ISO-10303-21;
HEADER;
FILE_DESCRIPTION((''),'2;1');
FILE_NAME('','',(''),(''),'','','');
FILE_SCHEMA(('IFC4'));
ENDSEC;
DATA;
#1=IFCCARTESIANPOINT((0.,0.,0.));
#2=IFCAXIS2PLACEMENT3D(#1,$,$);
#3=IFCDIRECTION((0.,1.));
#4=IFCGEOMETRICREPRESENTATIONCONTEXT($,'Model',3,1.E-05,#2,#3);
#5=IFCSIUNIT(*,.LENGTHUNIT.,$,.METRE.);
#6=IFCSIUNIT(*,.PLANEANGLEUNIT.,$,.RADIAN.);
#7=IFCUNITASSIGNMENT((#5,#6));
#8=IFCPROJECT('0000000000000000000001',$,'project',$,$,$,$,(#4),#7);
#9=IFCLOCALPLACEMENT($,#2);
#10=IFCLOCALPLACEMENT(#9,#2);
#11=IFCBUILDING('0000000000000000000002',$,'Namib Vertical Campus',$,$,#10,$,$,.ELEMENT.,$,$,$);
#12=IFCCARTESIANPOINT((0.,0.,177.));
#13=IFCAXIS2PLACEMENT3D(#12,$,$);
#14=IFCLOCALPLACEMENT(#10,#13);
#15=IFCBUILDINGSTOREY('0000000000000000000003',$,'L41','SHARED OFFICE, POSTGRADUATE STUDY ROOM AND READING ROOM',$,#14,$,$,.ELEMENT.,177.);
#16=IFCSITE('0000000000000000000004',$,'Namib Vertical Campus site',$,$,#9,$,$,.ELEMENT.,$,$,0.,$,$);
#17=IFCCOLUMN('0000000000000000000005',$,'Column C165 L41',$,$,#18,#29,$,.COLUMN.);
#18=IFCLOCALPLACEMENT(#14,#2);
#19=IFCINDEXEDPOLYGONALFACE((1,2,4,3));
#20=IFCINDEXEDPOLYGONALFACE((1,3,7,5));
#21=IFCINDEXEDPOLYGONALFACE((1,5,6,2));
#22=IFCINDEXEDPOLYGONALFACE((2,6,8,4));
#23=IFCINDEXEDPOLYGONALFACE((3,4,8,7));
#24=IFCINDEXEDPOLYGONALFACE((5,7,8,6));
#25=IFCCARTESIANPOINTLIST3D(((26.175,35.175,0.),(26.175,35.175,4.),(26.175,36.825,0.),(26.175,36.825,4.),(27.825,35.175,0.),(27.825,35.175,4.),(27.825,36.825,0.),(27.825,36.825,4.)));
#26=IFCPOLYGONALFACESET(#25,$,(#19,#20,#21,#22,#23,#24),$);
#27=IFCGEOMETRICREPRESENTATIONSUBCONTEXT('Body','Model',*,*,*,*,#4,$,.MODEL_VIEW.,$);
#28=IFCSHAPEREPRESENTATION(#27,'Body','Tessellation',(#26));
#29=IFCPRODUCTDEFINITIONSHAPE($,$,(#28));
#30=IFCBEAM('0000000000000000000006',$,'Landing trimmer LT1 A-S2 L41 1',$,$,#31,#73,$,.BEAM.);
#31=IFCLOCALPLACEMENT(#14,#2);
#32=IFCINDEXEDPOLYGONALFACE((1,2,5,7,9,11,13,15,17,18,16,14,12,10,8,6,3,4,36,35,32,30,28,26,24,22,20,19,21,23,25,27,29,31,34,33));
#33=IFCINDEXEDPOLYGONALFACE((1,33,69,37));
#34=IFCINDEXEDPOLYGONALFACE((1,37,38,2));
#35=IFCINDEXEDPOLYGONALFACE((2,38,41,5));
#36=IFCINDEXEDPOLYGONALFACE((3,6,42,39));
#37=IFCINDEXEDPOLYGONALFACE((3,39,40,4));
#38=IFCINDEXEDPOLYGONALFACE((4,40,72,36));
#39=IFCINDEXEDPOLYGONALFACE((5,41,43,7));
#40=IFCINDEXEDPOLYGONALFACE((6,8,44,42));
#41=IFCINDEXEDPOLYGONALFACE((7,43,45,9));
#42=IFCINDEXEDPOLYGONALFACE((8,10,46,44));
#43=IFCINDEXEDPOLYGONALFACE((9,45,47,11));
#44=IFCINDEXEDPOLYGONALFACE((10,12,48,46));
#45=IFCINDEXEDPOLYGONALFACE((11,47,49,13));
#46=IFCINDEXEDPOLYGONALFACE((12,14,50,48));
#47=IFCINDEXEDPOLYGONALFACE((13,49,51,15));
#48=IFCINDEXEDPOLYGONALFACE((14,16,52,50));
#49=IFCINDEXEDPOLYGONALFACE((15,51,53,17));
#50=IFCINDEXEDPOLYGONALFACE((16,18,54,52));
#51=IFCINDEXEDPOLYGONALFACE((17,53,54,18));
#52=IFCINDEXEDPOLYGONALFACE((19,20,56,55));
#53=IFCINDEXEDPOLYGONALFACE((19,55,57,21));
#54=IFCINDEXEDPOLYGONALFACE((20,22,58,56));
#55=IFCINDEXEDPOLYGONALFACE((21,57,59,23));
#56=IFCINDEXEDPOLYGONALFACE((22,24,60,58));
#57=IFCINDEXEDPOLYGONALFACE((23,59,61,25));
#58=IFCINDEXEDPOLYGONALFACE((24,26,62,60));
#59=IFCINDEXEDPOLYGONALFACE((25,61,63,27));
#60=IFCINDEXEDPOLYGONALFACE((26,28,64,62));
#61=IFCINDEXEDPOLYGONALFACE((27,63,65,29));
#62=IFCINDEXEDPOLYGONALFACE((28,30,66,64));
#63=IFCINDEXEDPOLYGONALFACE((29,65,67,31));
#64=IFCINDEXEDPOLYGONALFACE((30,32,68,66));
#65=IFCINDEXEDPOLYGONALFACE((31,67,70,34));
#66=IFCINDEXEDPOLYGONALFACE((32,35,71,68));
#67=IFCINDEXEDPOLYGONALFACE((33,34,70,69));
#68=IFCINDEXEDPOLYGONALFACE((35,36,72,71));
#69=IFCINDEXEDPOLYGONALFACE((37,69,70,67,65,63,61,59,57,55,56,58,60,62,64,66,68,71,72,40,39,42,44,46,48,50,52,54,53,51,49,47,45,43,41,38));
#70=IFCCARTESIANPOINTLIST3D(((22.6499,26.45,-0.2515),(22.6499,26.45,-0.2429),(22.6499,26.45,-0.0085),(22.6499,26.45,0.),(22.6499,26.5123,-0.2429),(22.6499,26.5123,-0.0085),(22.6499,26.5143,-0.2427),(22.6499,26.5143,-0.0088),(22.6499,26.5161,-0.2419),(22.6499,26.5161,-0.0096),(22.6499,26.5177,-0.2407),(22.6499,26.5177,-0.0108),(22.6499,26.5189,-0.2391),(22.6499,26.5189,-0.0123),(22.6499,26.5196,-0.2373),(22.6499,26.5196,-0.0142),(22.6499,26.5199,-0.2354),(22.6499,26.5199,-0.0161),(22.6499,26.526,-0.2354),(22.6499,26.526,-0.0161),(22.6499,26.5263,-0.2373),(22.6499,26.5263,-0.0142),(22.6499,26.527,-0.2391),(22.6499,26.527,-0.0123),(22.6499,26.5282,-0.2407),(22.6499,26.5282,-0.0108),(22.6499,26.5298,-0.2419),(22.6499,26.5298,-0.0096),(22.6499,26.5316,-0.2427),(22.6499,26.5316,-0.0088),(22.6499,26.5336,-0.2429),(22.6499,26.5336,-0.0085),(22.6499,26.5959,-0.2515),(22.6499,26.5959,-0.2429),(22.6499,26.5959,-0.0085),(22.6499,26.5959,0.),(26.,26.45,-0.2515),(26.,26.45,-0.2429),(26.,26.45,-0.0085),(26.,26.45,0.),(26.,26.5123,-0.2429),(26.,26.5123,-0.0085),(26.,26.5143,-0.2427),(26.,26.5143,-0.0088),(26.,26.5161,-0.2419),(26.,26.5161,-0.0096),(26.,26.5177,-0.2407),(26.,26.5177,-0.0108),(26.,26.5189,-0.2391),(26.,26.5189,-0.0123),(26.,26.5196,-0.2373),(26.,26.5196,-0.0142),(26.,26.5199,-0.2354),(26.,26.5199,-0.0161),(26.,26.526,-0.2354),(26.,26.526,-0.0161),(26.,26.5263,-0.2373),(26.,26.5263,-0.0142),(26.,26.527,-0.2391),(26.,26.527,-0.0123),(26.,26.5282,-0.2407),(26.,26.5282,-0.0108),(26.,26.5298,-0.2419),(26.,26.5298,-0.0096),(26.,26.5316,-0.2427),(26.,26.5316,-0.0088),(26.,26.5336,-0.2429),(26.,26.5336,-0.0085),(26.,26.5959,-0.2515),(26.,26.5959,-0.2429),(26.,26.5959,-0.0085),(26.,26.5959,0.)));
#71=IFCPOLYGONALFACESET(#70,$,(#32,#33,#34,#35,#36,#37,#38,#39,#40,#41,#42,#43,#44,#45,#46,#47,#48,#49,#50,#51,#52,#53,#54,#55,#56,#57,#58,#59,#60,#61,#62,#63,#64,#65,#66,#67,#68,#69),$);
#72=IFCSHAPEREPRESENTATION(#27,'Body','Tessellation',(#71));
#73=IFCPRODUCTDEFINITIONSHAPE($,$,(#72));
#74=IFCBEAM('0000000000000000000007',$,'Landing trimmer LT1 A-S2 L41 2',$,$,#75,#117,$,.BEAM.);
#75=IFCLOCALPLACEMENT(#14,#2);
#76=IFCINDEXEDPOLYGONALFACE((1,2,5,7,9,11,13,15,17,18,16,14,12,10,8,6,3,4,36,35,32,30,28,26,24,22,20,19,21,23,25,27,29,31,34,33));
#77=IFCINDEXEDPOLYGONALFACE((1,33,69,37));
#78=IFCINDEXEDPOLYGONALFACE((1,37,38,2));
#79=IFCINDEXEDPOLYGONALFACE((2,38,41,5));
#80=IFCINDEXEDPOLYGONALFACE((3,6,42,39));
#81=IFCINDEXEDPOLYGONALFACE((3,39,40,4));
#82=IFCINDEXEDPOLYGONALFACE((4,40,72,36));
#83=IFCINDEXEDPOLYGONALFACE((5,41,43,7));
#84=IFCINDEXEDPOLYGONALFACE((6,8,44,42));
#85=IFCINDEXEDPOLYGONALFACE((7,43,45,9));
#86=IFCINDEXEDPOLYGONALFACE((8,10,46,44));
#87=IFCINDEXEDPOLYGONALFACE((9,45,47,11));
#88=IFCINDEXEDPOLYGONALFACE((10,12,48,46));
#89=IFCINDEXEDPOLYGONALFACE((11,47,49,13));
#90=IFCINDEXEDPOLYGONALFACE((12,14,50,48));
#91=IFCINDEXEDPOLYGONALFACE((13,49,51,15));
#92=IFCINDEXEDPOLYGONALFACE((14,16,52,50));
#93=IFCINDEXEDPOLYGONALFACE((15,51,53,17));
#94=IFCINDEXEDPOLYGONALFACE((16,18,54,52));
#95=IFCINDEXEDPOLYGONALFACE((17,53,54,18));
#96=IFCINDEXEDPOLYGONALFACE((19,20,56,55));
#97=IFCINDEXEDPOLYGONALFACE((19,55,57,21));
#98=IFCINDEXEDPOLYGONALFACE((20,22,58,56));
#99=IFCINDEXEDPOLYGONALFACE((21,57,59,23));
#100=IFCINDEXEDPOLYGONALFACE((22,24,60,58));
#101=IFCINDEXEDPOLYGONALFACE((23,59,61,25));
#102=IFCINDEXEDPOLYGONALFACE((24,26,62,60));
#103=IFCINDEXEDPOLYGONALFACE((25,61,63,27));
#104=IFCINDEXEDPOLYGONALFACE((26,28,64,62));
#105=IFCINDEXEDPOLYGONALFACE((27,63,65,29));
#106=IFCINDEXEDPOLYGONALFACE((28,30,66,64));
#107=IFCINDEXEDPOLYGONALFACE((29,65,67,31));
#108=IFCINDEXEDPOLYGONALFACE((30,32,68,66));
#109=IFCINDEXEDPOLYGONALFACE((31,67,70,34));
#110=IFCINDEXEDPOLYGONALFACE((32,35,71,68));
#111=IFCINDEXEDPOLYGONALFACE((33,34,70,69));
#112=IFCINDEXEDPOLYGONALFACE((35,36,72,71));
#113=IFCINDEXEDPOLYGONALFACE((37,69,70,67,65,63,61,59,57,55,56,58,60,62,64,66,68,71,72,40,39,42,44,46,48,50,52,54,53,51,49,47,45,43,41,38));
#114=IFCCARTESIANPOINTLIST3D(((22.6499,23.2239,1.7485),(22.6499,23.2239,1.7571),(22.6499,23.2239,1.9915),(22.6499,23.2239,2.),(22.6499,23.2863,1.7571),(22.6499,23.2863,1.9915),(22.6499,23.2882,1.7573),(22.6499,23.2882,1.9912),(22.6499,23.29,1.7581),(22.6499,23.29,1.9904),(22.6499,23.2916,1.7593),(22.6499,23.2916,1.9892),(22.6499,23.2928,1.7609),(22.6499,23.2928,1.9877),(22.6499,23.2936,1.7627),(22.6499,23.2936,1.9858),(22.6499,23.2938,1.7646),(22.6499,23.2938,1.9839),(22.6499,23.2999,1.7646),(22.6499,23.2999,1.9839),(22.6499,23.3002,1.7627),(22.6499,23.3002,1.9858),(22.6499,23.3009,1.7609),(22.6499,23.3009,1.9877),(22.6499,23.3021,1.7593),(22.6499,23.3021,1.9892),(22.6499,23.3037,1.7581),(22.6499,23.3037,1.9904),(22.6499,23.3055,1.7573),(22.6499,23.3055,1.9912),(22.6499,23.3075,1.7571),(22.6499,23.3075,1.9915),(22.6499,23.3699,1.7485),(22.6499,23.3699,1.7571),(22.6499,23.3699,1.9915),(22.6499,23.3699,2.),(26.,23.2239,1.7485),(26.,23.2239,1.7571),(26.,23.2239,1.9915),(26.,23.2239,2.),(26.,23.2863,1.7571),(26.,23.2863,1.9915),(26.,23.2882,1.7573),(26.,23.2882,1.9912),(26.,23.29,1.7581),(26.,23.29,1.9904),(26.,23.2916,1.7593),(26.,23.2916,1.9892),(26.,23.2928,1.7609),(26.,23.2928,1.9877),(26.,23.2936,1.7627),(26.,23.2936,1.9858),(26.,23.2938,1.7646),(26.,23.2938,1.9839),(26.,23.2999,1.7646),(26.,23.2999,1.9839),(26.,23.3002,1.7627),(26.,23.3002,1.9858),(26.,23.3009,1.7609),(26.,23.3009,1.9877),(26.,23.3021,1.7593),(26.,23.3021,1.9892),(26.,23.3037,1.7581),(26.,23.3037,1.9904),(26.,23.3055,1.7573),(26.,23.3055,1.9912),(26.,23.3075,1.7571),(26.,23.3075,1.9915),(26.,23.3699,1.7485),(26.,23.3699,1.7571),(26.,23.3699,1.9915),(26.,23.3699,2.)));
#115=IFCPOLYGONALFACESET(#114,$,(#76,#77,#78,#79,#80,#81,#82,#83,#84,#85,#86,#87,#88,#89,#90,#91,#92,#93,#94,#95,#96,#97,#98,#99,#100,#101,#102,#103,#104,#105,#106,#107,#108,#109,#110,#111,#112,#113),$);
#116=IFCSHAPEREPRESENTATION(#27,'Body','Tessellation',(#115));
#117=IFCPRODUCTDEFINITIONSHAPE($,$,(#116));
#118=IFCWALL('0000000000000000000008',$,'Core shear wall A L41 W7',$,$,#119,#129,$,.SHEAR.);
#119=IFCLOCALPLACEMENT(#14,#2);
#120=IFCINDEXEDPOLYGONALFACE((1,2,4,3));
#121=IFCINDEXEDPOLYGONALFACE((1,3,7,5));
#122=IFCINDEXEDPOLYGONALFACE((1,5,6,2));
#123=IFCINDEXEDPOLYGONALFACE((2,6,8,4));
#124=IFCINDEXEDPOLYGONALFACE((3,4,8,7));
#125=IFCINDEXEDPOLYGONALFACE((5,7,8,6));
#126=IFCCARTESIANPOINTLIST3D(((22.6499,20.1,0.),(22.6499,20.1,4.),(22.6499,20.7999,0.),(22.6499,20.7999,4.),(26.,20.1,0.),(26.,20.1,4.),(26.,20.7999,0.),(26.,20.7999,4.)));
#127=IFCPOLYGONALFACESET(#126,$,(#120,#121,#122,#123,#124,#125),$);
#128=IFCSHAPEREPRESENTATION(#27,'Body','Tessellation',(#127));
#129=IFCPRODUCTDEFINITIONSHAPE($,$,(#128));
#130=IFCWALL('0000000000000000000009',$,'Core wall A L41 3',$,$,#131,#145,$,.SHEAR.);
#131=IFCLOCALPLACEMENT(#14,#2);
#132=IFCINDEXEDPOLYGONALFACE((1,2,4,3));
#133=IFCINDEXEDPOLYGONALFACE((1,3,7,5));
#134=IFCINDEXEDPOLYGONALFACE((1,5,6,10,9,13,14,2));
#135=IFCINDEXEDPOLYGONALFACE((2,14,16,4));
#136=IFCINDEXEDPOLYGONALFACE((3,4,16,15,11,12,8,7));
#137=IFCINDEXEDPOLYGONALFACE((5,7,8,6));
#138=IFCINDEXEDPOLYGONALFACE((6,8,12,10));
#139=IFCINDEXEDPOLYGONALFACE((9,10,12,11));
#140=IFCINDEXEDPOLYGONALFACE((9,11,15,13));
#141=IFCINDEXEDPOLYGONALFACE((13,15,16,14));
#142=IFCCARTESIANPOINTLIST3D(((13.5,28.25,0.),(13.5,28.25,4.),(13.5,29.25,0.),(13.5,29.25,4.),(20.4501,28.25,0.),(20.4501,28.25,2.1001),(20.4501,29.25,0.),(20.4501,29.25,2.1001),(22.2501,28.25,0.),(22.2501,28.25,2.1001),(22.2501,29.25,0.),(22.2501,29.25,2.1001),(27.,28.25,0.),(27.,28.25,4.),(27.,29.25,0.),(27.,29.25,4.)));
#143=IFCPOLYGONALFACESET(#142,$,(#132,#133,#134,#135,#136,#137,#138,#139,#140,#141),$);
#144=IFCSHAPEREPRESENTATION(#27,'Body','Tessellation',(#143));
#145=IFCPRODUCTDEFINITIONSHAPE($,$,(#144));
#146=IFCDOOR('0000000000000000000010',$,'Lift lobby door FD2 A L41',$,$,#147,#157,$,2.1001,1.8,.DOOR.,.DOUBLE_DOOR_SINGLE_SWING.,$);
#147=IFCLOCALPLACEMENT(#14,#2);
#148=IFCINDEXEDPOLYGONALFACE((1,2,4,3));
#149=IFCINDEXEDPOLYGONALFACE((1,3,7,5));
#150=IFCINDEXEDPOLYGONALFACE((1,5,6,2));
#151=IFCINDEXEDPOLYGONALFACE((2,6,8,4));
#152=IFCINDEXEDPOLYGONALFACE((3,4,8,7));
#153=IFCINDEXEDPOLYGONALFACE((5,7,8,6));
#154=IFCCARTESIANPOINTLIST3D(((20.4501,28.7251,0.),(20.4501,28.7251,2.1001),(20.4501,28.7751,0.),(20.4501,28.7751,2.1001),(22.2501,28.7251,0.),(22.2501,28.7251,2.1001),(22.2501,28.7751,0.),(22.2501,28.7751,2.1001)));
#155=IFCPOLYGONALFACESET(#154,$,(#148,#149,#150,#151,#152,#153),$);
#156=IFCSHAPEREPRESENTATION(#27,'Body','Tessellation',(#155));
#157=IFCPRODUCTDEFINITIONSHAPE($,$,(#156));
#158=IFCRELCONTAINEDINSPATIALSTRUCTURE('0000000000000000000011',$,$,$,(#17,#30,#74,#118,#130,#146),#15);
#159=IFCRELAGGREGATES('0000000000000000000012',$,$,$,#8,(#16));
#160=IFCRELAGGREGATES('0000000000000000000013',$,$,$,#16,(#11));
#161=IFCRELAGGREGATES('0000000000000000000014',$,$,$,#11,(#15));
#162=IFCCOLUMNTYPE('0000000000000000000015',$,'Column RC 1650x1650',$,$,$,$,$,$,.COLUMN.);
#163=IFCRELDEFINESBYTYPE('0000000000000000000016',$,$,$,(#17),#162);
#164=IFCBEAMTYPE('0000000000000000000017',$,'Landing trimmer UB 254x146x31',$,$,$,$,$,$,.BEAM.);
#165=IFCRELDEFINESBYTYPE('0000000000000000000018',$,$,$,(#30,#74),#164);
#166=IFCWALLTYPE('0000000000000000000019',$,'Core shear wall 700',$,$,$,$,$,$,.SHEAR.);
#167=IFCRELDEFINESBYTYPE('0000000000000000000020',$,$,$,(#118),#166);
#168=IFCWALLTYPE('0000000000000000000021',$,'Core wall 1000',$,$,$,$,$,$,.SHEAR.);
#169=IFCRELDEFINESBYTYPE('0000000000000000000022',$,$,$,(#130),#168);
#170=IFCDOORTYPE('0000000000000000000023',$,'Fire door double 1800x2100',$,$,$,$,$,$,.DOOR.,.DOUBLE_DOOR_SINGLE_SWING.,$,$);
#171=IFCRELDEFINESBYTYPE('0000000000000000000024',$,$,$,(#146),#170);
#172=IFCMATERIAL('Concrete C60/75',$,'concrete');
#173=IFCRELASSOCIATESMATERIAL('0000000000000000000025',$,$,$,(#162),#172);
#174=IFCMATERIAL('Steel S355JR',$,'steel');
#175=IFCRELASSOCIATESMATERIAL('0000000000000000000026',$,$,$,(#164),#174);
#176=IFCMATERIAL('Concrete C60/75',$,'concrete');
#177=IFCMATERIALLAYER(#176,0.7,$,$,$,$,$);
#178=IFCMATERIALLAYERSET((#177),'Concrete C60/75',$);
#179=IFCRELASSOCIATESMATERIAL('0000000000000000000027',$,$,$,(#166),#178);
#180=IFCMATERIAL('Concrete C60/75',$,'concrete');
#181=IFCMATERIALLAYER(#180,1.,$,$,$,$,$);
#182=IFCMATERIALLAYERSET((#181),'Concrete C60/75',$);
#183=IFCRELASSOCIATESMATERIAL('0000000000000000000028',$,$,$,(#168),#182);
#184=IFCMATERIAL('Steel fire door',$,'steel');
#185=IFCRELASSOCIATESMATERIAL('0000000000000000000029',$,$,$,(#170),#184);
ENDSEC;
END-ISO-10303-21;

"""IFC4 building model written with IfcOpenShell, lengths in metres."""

from ifc_helpers import new_model, si_unit, direction, frame, frame_2d, origin, origin_2d, place, context, subcontext, project, spatial, rectangle, i_section, extrude, material, layer, layer_set, material_profile, profile_set, type_object, element, fill, save


model = new_model("IFC4")

# Units and contexts
model_context = context("Model", 3, precision=1e-05, world=origin(), true_north=direction((0.0, 1.0)))
body_context = subcontext(model_context, "Body", "Model", "MODEL_VIEW")
ifc_project = project(units=[si_unit("LENGTHUNIT", "METRE"), si_unit("PLANEANGLEUNIT", "RADIAN")], contexts=[model_context])

# Site, building, storey
site_placement = place(None, origin())
site = spatial("IfcSite", under=ifc_project, at=site_placement, Name="Namib Vertical Campus site", CompositionType="ELEMENT", RefElevation=0.0)
building_placement = place(site_placement, origin())
building = spatial("IfcBuilding", under=site, at=building_placement, Name="Namib Vertical Campus", CompositionType="ELEMENT")
storey_placement = place(building_placement, frame((0.0, 0.0, 177.0)))
storey = spatial("IfcBuildingStorey", under=building, at=storey_placement, Name="L41", Description="SHARED OFFICE, POSTGRADUATE STUDY ROOM AND READING ROOM", CompositionType="ELEMENT", Elevation=177.0)

# Column
ifc_material_1 = material(Name="Concrete C60/75", Category="concrete")
ifc_material_profile_1 = material_profile(ifc_material_1, rectangle(XDim=1.6499, YDim=1.6499, at=origin_2d()))
ifc_profile_set_1 = profile_set([ifc_material_profile_1], Name="Concrete C60/75")
column_type = type_object("IfcColumnType", Name="Column RC 1650x1650", PredefinedType="COLUMN", material=ifc_profile_set_1)
column_placement = place(storey_placement, frame((27.0, 36.0, 0.0), z_axis=(0.0, 0.0, 1.0), x_axis=(1.0, 0.0, 0.0)))
element("IfcColumn", 1, at=column_placement, inside=storey, type_object=column_type, Name="Column C165 L41", PredefinedType="COLUMN", context=body_context, shape_type="SweptSolid", body=[
    extrude(rectangle(XDim=1.6499, YDim=1.6499, at=origin_2d()), origin(), (0.0, 0.0, 1.0), 4.0),
])

# Beams
ifc_material_2 = material(Name="Steel S355JR", Category="steel")
ifc_material_profile_2 = material_profile(ifc_material_2, i_section(OverallWidth=0.146, OverallDepth=0.2515, WebThickness=0.0061, FlangeThickness=0.0085, FilletRadius=0.0076, at=origin_2d()))
ifc_profile_set_2 = profile_set([ifc_material_profile_2], Name="Steel S355JR")
beam_type = type_object("IfcBeamType", Name="Landing trimmer UB 254x146x31", PredefinedType="BEAM", material=ifc_profile_set_2)
for number, where, z_axis, x_axis, name in (
    (2, (22.6499, 26.5229, -0.1257), (1.0, 0.0, 0.0), (0.0, 1.0, 0.0), "Landing trimmer LT1 A-S2 L41 1"),
    (3, (22.6499, 23.2969, 1.8743), (1.0, 0.0, 0.0), (0.0, 1.0, 0.0), "Landing trimmer LT1 A-S2 L41 2"),
):
    element("IfcBeam", number, at=place(storey_placement, frame(where, z_axis=z_axis, x_axis=x_axis)), inside=storey, type_object=beam_type, Name=name, PredefinedType="BEAM", context=body_context, shape_type="SweptSolid", body=[
        extrude(i_section(OverallWidth=0.146, OverallDepth=0.2515, WebThickness=0.0061, FlangeThickness=0.0085, FilletRadius=0.0076, at=origin_2d()), origin(), (0.0, 0.0, 1.0), 3.3501),
    ])

# Wall
ifc_material_3 = material(Name="Concrete C60/75", Category="concrete")
ifc_layer_1 = layer(ifc_material_3, 0.7)
ifc_layer_set_1 = layer_set([ifc_layer_1], Name="Concrete C60/75")
wall_type_1 = type_object("IfcWallType", Name="Core shear wall 700", PredefinedType="SHEAR", material=ifc_layer_set_1)
wall_1_placement = place(storey_placement, frame((22.6499, 20.45, 0.0), z_axis=(0.0, 0.0, 1.0), x_axis=(1.0, 0.0, 0.0)))
element("IfcWall", 4, at=wall_1_placement, inside=storey, type_object=wall_type_1, Name="Core shear wall A L41 W7", PredefinedType="SHEAR", context=body_context, shape_type="SweptSolid", body=[
    extrude(rectangle(XDim=3.3501, YDim=0.7, at=frame_2d((1.675, 0.0))), origin(), (0.0, 0.0, 1.0), 4.0),
])

# Wall, opening, door
ifc_material_4 = material(Name="Concrete C60/75", Category="concrete")
ifc_layer_2 = layer(ifc_material_4, 1.0)
ifc_layer_set_2 = layer_set([ifc_layer_2], Name="Concrete C60/75")
wall_type_2 = type_object("IfcWallType", Name="Core wall 1000", PredefinedType="SHEAR", material=ifc_layer_set_2)
wall_2_placement = place(storey_placement, frame((27.0, 28.75, 0.0), z_axis=(0.0, 0.0, 1.0), x_axis=(-1.0, 0.0, 0.0)))
wall_2 = element("IfcWall", 5, at=wall_2_placement, inside=storey, type_object=wall_type_2, Name="Core wall A L41 3", PredefinedType="SHEAR", context=body_context, shape_type="SweptSolid", body=[
    extrude(rectangle(XDim=13.5, YDim=1.0, at=frame_2d((6.75, 0.0))), origin(), (0.0, 0.0, 1.0), 4.0),
])
opening_1_placement = place(wall_2_placement, frame((4.75, 0.0, 0.0)))
opening_1 = element("IfcOpeningElement", 6, at=opening_1_placement, cuts=wall_2, PredefinedType="OPENING", context=body_context, shape_type="SweptSolid", body=[
    extrude(rectangle(XDim=1.8, YDim=2.1001, at=frame_2d((0.8999, 1.05))), frame((0.0, 0.51, 0.0), z_axis=(0.0, -1.0, 0.0), x_axis=(1.0, 0.0, 0.0)), (0.0, 0.0, 1.0), 1.02),
])
ifc_material_5 = material(Name="Steel fire door", Category="steel")
door_type_1 = type_object("IfcDoorType", Name="Fire door double 1800x2100", OperationType="DOUBLE_DOOR_SINGLE_SWING", PredefinedType="DOOR", material=ifc_material_5)
door_1_placement = place(opening_1_placement, origin())
door_1 = element("IfcDoor", 7, at=door_1_placement, inside=storey, type_object=door_type_1, Name="Lift lobby door FD2 A L41", OperationType="DOUBLE_DOOR_SINGLE_SWING", OverallHeight=2.1001, OverallWidth=1.8, PredefinedType="DOOR", context=body_context, shape_type="SweptSolid", body=[
    extrude(rectangle(XDim=1.8, YDim=2.1001, at=frame_2d((0.8999, 1.05))), frame((0.0, 0.0249, 0.0), z_axis=(0.0, -1.0, 0.0), x_axis=(1.0, 0.0, 0.0)), (0.0, 0.0, 1.0), 0.05),
])
fill(opening_1, door_1)

save(model, "model.ifc")
